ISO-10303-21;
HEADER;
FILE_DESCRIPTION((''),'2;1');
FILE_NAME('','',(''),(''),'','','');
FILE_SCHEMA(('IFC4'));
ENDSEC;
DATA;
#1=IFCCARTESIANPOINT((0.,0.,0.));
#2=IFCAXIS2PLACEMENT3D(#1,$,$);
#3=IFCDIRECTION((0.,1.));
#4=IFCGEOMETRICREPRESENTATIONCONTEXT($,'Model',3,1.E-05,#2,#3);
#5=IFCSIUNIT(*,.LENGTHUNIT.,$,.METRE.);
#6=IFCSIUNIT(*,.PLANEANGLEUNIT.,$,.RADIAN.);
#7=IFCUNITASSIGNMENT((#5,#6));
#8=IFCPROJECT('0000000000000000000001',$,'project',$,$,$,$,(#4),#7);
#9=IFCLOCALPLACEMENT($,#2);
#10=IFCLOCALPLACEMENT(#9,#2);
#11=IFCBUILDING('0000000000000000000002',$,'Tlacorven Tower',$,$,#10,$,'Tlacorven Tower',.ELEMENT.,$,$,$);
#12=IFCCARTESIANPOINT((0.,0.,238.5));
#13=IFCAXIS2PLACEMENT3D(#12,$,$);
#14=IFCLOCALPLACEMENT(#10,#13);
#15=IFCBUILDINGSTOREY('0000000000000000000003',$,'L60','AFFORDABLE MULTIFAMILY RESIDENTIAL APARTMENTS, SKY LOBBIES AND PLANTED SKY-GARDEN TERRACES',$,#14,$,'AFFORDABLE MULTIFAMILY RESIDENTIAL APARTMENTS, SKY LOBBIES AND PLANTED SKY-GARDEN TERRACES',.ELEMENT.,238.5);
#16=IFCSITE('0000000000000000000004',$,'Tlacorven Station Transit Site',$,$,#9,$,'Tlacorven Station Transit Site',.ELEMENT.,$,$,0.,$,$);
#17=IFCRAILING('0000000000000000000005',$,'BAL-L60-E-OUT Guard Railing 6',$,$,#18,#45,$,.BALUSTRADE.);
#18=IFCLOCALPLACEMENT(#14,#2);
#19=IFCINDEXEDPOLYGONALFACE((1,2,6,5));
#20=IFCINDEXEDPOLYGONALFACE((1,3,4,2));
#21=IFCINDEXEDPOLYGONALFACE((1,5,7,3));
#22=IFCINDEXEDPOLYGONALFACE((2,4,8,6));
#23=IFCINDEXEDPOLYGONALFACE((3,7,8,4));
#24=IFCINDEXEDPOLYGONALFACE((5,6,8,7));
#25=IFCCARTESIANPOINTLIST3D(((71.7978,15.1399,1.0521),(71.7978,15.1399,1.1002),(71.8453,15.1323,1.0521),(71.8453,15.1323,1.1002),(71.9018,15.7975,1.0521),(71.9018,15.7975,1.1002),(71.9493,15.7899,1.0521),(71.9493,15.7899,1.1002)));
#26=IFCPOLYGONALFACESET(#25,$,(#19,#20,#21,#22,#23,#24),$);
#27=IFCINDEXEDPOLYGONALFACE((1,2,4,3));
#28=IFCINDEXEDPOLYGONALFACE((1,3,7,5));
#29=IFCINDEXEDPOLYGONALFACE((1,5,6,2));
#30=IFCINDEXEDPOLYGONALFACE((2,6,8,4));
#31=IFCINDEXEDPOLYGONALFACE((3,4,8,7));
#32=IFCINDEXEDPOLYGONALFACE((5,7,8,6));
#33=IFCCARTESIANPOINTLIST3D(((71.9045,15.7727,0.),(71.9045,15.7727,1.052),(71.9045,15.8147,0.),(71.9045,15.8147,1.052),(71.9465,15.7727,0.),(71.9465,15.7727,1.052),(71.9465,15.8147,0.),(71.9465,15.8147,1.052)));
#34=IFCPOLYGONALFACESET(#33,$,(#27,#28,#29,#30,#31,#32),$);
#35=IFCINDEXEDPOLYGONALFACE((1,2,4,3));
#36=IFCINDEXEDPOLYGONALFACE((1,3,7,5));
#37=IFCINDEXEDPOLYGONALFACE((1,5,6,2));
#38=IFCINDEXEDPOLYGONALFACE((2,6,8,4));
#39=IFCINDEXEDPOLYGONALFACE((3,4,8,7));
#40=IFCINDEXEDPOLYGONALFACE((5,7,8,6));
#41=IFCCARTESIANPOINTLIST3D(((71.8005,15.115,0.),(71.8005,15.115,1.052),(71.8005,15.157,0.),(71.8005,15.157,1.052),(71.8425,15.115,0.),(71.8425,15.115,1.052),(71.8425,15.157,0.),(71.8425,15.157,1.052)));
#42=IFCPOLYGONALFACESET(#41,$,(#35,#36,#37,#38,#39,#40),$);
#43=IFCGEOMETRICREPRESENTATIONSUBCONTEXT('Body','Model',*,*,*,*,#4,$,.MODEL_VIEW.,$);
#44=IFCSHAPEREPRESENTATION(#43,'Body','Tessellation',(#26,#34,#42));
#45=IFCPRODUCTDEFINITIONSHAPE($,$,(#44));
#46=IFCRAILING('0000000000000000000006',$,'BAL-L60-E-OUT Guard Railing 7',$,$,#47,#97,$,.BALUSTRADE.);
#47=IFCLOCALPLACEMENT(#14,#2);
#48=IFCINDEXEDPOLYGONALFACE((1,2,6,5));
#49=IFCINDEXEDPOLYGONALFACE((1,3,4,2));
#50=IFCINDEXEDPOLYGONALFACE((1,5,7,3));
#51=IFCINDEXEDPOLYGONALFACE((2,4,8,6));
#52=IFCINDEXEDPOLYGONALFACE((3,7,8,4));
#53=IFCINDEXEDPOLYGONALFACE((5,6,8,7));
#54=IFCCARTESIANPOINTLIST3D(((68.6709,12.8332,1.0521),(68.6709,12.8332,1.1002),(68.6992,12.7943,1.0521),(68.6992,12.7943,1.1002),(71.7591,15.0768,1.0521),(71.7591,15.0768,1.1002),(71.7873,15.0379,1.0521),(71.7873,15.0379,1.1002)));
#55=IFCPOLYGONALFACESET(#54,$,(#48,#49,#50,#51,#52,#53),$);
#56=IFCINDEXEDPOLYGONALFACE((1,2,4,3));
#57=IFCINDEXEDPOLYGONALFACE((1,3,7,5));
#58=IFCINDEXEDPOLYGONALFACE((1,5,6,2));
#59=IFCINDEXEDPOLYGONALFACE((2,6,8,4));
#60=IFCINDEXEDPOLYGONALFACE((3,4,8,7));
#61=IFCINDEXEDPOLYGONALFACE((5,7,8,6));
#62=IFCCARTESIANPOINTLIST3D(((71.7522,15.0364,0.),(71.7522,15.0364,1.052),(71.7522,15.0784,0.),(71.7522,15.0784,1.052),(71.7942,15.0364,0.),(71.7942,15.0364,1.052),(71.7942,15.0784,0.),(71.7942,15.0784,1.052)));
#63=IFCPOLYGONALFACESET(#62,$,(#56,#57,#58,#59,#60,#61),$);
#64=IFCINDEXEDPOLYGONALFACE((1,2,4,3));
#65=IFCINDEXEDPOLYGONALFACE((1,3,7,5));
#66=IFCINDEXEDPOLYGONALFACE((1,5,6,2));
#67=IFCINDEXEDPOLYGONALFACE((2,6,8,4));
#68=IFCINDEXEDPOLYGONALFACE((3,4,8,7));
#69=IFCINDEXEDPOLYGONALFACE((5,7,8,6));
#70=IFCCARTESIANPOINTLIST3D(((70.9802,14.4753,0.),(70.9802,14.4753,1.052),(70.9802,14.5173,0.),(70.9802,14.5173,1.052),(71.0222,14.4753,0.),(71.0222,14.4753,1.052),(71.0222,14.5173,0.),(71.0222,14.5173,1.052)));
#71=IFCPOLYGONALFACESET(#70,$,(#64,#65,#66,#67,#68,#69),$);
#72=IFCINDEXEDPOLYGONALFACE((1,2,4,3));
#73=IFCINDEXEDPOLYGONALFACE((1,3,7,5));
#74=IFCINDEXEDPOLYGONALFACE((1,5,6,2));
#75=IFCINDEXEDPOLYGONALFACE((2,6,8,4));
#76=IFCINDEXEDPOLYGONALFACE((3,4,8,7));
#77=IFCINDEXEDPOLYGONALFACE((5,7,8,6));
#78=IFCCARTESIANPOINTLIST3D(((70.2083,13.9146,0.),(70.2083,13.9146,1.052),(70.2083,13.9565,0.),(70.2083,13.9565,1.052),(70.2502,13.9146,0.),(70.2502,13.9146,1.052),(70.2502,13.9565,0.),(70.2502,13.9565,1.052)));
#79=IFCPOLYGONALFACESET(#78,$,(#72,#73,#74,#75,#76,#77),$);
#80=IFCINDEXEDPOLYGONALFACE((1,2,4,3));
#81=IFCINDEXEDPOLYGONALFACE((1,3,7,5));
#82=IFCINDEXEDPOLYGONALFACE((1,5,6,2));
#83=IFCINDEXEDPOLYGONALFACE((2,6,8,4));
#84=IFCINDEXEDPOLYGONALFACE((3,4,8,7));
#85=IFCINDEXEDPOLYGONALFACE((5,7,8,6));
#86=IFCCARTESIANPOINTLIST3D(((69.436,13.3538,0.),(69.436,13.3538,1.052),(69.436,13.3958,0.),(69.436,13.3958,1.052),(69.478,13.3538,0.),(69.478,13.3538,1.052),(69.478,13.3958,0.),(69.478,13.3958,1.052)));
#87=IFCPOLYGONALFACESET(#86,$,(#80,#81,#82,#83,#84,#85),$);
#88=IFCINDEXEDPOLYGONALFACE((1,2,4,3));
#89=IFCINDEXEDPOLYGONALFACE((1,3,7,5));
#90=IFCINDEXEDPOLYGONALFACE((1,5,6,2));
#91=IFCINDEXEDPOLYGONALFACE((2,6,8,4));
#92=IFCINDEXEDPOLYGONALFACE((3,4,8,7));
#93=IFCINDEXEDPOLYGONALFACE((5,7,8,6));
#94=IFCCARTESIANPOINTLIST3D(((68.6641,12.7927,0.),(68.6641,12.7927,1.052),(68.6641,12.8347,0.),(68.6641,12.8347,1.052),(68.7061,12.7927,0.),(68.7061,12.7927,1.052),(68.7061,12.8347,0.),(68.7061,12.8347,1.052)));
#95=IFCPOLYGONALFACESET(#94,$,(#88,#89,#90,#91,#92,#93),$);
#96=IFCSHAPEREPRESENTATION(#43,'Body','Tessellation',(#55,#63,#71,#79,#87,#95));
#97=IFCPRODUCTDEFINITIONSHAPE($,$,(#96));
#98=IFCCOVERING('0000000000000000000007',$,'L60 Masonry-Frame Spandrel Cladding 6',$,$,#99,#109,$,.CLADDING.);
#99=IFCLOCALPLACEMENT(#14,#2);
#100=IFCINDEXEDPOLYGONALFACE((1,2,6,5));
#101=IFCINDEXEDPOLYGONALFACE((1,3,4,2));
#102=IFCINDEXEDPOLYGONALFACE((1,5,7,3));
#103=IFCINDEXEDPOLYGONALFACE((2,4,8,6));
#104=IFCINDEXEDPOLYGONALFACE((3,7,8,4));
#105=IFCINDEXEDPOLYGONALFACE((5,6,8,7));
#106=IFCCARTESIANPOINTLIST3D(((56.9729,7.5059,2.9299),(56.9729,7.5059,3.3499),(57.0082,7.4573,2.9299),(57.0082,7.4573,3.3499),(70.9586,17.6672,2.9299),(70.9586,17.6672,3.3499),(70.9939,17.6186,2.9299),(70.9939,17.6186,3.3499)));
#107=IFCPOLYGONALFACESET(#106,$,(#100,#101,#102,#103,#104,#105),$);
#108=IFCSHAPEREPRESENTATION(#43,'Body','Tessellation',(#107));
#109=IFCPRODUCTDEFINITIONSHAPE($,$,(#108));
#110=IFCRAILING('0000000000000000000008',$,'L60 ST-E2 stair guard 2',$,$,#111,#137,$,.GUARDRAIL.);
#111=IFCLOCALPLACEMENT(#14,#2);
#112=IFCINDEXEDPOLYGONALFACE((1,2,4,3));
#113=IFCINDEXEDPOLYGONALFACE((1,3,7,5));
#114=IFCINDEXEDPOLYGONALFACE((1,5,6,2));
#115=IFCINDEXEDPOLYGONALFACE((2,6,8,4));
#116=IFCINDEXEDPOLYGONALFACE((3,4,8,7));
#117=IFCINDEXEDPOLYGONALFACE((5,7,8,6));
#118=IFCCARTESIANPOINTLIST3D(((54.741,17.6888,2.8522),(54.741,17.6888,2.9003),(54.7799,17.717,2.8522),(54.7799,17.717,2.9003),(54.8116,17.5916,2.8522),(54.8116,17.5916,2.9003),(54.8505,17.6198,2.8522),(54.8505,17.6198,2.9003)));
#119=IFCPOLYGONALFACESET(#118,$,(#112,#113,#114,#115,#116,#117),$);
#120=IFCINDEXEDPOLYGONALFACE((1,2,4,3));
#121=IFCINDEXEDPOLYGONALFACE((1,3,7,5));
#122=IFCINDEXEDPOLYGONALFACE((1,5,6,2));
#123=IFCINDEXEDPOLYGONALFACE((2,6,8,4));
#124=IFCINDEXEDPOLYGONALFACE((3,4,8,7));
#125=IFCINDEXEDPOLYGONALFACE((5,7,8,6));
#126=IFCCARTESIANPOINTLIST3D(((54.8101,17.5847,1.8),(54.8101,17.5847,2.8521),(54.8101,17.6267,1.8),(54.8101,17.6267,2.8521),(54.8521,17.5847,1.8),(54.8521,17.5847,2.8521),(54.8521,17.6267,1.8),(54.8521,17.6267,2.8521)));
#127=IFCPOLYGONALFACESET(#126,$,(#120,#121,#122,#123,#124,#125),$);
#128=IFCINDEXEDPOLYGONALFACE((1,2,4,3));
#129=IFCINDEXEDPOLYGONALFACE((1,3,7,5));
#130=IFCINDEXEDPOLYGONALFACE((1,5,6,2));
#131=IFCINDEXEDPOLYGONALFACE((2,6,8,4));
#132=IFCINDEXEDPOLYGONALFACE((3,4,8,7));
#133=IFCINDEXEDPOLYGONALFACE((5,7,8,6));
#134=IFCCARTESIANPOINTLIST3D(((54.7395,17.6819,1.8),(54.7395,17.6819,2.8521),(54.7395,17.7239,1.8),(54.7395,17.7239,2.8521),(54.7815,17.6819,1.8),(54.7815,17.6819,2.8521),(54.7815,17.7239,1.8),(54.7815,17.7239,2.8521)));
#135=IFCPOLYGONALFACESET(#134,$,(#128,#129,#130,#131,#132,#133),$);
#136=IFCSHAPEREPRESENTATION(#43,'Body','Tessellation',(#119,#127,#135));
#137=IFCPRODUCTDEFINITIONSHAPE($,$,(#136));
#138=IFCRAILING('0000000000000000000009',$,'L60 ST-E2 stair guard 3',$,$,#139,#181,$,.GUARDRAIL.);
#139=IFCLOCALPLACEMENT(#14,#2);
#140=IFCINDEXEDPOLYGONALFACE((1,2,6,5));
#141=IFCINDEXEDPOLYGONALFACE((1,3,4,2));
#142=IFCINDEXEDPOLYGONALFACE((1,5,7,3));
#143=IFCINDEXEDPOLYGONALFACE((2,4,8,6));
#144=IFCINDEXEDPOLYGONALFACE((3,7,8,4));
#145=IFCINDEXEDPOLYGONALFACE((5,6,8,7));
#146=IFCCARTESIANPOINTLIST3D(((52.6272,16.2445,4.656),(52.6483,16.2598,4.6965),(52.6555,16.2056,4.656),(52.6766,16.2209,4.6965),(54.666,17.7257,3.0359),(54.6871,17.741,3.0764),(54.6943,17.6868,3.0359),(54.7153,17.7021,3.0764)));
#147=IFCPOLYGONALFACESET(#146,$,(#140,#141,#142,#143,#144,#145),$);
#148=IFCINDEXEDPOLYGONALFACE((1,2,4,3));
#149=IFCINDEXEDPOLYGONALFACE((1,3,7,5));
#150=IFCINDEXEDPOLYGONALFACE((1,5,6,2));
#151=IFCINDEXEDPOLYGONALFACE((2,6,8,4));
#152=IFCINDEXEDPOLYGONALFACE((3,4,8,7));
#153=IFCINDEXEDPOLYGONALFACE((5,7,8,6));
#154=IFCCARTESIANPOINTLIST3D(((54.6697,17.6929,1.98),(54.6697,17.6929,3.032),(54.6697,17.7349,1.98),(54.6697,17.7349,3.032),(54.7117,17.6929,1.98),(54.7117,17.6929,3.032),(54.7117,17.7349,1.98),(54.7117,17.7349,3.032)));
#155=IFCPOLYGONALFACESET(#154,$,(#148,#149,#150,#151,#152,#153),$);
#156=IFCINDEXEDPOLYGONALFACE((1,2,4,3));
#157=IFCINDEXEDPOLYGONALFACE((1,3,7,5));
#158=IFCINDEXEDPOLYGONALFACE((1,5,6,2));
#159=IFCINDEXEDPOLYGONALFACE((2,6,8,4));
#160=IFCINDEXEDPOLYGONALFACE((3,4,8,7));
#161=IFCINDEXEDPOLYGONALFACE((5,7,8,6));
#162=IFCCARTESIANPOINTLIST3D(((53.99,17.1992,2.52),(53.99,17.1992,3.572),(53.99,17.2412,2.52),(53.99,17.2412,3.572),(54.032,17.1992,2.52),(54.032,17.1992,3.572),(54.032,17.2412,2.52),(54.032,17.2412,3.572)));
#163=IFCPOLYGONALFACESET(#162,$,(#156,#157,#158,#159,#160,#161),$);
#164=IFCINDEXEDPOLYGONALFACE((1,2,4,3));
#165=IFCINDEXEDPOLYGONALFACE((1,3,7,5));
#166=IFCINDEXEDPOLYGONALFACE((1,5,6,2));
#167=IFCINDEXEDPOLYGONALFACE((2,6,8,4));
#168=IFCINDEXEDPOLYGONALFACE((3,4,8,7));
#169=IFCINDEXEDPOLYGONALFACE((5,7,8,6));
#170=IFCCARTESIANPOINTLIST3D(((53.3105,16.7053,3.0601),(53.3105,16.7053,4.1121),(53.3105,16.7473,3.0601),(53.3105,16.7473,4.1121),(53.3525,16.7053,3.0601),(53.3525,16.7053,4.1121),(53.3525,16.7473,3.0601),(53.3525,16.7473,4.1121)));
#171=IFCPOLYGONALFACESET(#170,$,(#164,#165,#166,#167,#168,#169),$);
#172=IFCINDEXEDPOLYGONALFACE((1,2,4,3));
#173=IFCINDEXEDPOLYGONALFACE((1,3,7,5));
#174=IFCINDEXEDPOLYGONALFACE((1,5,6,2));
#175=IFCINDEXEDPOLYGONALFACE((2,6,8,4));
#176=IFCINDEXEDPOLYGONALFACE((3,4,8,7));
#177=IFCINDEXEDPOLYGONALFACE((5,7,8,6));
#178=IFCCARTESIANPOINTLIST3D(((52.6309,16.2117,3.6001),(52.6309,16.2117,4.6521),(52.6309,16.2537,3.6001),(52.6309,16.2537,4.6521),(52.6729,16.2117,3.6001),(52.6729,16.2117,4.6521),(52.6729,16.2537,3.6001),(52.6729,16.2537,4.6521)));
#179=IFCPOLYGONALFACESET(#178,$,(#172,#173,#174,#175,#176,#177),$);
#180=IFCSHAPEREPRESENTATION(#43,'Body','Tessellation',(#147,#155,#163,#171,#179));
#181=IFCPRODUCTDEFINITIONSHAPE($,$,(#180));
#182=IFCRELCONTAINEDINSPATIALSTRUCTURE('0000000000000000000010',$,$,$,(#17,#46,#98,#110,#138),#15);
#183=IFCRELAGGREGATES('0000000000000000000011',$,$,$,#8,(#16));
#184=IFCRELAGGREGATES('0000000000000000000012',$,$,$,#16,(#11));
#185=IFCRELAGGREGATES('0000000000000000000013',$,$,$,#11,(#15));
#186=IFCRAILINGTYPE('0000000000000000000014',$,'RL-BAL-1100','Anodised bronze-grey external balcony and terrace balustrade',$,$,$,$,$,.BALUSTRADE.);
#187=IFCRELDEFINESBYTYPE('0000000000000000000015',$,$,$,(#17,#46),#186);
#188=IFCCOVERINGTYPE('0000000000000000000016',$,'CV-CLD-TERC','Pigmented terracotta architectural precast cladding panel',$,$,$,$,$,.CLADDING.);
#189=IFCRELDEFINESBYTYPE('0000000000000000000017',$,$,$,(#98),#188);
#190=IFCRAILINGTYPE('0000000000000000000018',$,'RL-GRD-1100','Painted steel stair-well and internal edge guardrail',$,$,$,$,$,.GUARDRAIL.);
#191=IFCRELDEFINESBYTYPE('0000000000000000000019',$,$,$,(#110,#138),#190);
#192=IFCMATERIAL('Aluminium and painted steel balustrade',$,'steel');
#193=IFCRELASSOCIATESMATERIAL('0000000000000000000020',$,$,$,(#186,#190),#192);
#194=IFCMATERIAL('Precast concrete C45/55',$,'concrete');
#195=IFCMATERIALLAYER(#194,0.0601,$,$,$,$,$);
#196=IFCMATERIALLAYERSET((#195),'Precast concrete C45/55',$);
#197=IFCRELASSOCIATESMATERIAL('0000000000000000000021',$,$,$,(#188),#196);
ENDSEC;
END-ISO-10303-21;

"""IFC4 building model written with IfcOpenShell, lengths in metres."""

from ifc_helpers import new_model, si_unit, direction, frame, origin, origin_2d, place, context, subcontext, project, spatial, rectangle, extrude, source, transform, mapped, material, layer, layer_set, type_object, element, save


model = new_model("IFC4")

# Units and contexts
model_context = context("Model", 3, precision=1e-05, world=origin(), true_north=direction((0.0, 1.0)))
body_context = subcontext(model_context, "Body", "Model", "MODEL_VIEW")
ifc_project = project(units=[si_unit("LENGTHUNIT", "METRE"), si_unit("PLANEANGLEUNIT", "RADIAN")], contexts=[model_context])

# Site, building, storey
site_placement = place(None, origin())
site = spatial("IfcSite", under=ifc_project, at=site_placement, Name="Tlacorven Station Transit Site", LongName="Tlacorven Station Transit Site", CompositionType="ELEMENT", RefElevation=0.0)
building_placement = place(site_placement, origin())
building = spatial("IfcBuilding", under=site, at=building_placement, Name="Tlacorven Tower", LongName="Tlacorven Tower", CompositionType="ELEMENT")
storey_placement = place(building_placement, frame((0.0, 0.0, 238.5)))
storey = spatial("IfcBuildingStorey", under=building, at=storey_placement, Name="L60", Description="AFFORDABLE MULTIFAMILY RESIDENTIAL APARTMENTS, SKY LOBBIES AND PLANTED SKY-GARDEN TERRACES", LongName="AFFORDABLE MULTIFAMILY RESIDENTIAL APARTMENTS, SKY LOBBIES AND PLANTED SKY-GARDEN TERRACES", CompositionType="ELEMENT", Elevation=238.5)

# Shared definitions
ifc_material_1 = material(Name="Precast concrete C45/55", Category="concrete")

# Railings
ifc_material_2 = material(Name="Aluminium and painted steel balustrade", Category="steel")
railing_type_1 = type_object("IfcRailingType", Name="RL-BAL-1100", Description="Anodised bronze-grey external balcony and terrace balustrade", PredefinedType="BALUSTRADE", material=ifc_material_2)
shared_shape_1 = source(origin(), body_context, "Body", "SweptSolid", [
    extrude(rectangle(XDim=0.0481, YDim=0.0481, at=origin_2d()), frame((0.0, 0.0, 1.0762), z_axis=(-0.156188, -0.987727, 0.0), x_axis=(0.987727, -0.156188, 0.0)), (0.0, 0.0, 1.0), 0.6658),
    extrude(rectangle(XDim=0.042, YDim=0.042, at=origin_2d()), origin(), (0.0, 0.0, 1.0), 1.052),
    extrude(rectangle(XDim=0.042, YDim=0.042, at=origin_2d()), frame((-0.104, -0.6577, 0.0)), (0.0, 0.0, 1.0), 1.052),
])
railing_1_placement = place(storey_placement, frame((71.9255, 15.7937, 0.0)))
element("IfcRailing", 1, at=railing_1_placement, inside=storey, type_object=railing_type_1, Name="BAL-L60-E-OUT Guard Railing 6", PredefinedType="BALUSTRADE", context=body_context, shape_type="MappedRepresentation", body=[
    mapped(shared_shape_1, transform((0.0, 0.0, 0.0), scale=1.0)),
])
shared_shape_2 = source(origin(), body_context, "Body", "SweptSolid", [
    extrude(rectangle(XDim=0.0481, YDim=0.0481, at=origin_2d()), frame((0.0, 0.0, 1.0762), z_axis=(-0.809018, -0.587784, 0.0), x_axis=(0.587784, -0.809018, 0.0)), (0.0, 0.0, 1.0), 3.8171),
    extrude(rectangle(XDim=0.042, YDim=0.042, at=origin_2d()), origin(), (0.0, 0.0, 1.0), 1.052),
    extrude(rectangle(XDim=0.042, YDim=0.042, at=origin_2d()), frame((-0.772, -0.561, 0.0)), (0.0, 0.0, 1.0), 1.052),
    extrude(rectangle(XDim=0.042, YDim=0.042, at=origin_2d()), frame((-1.5439, -1.1218, 0.0)), (0.0, 0.0, 1.0), 1.052),
    extrude(rectangle(XDim=0.042, YDim=0.042, at=origin_2d()), frame((-2.3162, -1.6826, 0.0)), (0.0, 0.0, 1.0), 1.052),
    extrude(rectangle(XDim=0.042, YDim=0.042, at=origin_2d()), frame((-3.0881, -2.2437, 0.0)), (0.0, 0.0, 1.0), 1.052),
])
railing_2_placement = place(storey_placement, frame((71.7732, 15.0574, 0.0)))
element("IfcRailing", 2, at=railing_2_placement, inside=storey, type_object=railing_type_1, Name="BAL-L60-E-OUT Guard Railing 7", PredefinedType="BALUSTRADE", context=body_context, shape_type="MappedRepresentation", body=[
    mapped(shared_shape_2, transform((0.0, 0.0, 0.0), scale=1.0)),
])

# Covering
ifc_layer_1 = layer(ifc_material_1, 0.0601)
ifc_layer_set_1 = layer_set([ifc_layer_1], Name="Precast concrete C45/55")
covering_type = type_object("IfcCoveringType", Name="CV-CLD-TERC", Description="Pigmented terracotta architectural precast cladding panel", PredefinedType="CLADDING", material=ifc_layer_set_1)
shared_shape_3 = source(origin(), body_context, "Body", "SweptSolid", [
    extrude(rectangle(XDim=17.2874, YDim=0.0601, at=origin_2d()), origin(), (0.0, 0.0, 1.0), 0.4199),
])
covering_placement = place(storey_placement, frame((63.9834, 12.5623, 2.9299), z_axis=(0.0, 0.0, 1.0), x_axis=(-0.809017, -0.587785, 0.0)))
element("IfcCovering", 3, at=covering_placement, inside=storey, type_object=covering_type, Name="L60 Masonry-Frame Spandrel Cladding 6", PredefinedType="CLADDING", context=body_context, shape_type="MappedRepresentation", body=[
    mapped(shared_shape_3, transform((0.0, 0.0, 0.0), scale=1.0)),
])

# Railings
railing_type_2 = type_object("IfcRailingType", Name="RL-GRD-1100", Description="Painted steel stair-well and internal edge guardrail", PredefinedType="GUARDRAIL", material=ifc_material_2)
shared_shape_4 = source(origin(), body_context, "Body", "SweptSolid", [
    extrude(rectangle(XDim=0.0481, YDim=0.0481, at=origin_2d()), frame((0.0, 0.0, 1.0762), z_axis=(-0.587567, 0.809175, 0.0), x_axis=(-0.809175, -0.587567, 0.0)), (0.0, 0.0, 1.0), 0.1201),
    extrude(rectangle(XDim=0.042, YDim=0.042, at=origin_2d()), origin(), (0.0, 0.0, 1.0), 1.052),
    extrude(rectangle(XDim=0.042, YDim=0.042, at=origin_2d()), frame((-0.0706, 0.0972, 0.0)), (0.0, 0.0, 1.0), 1.052),
])
railing_3_placement = place(storey_placement, frame((54.8311, 17.6057, 1.8)))
element("IfcRailing", 4, at=railing_3_placement, inside=storey, type_object=railing_type_2, Name="L60 ST-E2 stair guard 2", PredefinedType="GUARDRAIL", context=body_context, shape_type="MappedRepresentation", body=[
    mapped(shared_shape_4, transform((0.0, 0.0, 0.0), scale=1.0)),
])
shared_shape_5 = source(origin(), body_context, "Body", "SweptSolid", [
    extrude(rectangle(XDim=0.0481, YDim=0.0481, at=origin_2d()), frame((0.0, 0.0, 1.0762), z_axis=(-0.680532, -0.494407, 0.540775), x_axis=(0.587763, -0.809033, 0.0)), (0.0, 0.0, 1.0), 2.9958),
    extrude(rectangle(XDim=0.042, YDim=0.042, at=origin_2d()), origin(), (0.0, 0.0, 1.0), 1.052),
    extrude(rectangle(XDim=0.042, YDim=0.042, at=origin_2d()), frame((-0.6797, -0.4937, 0.54)), (0.0, 0.0, 1.0), 1.052),
    extrude(rectangle(XDim=0.042, YDim=0.042, at=origin_2d()), frame((-1.3591, -0.9875, 1.0801)), (0.0, 0.0, 1.0), 1.052),
    extrude(rectangle(XDim=0.042, YDim=0.042, at=origin_2d()), frame((-2.0388, -1.4812, 1.6201)), (0.0, 0.0, 1.0), 1.052),
])
railing_4_placement = place(storey_placement, frame((54.6907, 17.7139, 1.98)))
element("IfcRailing", 5, at=railing_4_placement, inside=storey, type_object=railing_type_2, Name="L60 ST-E2 stair guard 3", PredefinedType="GUARDRAIL", context=body_context, shape_type="MappedRepresentation", body=[
    mapped(shared_shape_5, transform((0.0, 0.0, 0.0), scale=1.0)),
])

save(model, "model.ifc")
